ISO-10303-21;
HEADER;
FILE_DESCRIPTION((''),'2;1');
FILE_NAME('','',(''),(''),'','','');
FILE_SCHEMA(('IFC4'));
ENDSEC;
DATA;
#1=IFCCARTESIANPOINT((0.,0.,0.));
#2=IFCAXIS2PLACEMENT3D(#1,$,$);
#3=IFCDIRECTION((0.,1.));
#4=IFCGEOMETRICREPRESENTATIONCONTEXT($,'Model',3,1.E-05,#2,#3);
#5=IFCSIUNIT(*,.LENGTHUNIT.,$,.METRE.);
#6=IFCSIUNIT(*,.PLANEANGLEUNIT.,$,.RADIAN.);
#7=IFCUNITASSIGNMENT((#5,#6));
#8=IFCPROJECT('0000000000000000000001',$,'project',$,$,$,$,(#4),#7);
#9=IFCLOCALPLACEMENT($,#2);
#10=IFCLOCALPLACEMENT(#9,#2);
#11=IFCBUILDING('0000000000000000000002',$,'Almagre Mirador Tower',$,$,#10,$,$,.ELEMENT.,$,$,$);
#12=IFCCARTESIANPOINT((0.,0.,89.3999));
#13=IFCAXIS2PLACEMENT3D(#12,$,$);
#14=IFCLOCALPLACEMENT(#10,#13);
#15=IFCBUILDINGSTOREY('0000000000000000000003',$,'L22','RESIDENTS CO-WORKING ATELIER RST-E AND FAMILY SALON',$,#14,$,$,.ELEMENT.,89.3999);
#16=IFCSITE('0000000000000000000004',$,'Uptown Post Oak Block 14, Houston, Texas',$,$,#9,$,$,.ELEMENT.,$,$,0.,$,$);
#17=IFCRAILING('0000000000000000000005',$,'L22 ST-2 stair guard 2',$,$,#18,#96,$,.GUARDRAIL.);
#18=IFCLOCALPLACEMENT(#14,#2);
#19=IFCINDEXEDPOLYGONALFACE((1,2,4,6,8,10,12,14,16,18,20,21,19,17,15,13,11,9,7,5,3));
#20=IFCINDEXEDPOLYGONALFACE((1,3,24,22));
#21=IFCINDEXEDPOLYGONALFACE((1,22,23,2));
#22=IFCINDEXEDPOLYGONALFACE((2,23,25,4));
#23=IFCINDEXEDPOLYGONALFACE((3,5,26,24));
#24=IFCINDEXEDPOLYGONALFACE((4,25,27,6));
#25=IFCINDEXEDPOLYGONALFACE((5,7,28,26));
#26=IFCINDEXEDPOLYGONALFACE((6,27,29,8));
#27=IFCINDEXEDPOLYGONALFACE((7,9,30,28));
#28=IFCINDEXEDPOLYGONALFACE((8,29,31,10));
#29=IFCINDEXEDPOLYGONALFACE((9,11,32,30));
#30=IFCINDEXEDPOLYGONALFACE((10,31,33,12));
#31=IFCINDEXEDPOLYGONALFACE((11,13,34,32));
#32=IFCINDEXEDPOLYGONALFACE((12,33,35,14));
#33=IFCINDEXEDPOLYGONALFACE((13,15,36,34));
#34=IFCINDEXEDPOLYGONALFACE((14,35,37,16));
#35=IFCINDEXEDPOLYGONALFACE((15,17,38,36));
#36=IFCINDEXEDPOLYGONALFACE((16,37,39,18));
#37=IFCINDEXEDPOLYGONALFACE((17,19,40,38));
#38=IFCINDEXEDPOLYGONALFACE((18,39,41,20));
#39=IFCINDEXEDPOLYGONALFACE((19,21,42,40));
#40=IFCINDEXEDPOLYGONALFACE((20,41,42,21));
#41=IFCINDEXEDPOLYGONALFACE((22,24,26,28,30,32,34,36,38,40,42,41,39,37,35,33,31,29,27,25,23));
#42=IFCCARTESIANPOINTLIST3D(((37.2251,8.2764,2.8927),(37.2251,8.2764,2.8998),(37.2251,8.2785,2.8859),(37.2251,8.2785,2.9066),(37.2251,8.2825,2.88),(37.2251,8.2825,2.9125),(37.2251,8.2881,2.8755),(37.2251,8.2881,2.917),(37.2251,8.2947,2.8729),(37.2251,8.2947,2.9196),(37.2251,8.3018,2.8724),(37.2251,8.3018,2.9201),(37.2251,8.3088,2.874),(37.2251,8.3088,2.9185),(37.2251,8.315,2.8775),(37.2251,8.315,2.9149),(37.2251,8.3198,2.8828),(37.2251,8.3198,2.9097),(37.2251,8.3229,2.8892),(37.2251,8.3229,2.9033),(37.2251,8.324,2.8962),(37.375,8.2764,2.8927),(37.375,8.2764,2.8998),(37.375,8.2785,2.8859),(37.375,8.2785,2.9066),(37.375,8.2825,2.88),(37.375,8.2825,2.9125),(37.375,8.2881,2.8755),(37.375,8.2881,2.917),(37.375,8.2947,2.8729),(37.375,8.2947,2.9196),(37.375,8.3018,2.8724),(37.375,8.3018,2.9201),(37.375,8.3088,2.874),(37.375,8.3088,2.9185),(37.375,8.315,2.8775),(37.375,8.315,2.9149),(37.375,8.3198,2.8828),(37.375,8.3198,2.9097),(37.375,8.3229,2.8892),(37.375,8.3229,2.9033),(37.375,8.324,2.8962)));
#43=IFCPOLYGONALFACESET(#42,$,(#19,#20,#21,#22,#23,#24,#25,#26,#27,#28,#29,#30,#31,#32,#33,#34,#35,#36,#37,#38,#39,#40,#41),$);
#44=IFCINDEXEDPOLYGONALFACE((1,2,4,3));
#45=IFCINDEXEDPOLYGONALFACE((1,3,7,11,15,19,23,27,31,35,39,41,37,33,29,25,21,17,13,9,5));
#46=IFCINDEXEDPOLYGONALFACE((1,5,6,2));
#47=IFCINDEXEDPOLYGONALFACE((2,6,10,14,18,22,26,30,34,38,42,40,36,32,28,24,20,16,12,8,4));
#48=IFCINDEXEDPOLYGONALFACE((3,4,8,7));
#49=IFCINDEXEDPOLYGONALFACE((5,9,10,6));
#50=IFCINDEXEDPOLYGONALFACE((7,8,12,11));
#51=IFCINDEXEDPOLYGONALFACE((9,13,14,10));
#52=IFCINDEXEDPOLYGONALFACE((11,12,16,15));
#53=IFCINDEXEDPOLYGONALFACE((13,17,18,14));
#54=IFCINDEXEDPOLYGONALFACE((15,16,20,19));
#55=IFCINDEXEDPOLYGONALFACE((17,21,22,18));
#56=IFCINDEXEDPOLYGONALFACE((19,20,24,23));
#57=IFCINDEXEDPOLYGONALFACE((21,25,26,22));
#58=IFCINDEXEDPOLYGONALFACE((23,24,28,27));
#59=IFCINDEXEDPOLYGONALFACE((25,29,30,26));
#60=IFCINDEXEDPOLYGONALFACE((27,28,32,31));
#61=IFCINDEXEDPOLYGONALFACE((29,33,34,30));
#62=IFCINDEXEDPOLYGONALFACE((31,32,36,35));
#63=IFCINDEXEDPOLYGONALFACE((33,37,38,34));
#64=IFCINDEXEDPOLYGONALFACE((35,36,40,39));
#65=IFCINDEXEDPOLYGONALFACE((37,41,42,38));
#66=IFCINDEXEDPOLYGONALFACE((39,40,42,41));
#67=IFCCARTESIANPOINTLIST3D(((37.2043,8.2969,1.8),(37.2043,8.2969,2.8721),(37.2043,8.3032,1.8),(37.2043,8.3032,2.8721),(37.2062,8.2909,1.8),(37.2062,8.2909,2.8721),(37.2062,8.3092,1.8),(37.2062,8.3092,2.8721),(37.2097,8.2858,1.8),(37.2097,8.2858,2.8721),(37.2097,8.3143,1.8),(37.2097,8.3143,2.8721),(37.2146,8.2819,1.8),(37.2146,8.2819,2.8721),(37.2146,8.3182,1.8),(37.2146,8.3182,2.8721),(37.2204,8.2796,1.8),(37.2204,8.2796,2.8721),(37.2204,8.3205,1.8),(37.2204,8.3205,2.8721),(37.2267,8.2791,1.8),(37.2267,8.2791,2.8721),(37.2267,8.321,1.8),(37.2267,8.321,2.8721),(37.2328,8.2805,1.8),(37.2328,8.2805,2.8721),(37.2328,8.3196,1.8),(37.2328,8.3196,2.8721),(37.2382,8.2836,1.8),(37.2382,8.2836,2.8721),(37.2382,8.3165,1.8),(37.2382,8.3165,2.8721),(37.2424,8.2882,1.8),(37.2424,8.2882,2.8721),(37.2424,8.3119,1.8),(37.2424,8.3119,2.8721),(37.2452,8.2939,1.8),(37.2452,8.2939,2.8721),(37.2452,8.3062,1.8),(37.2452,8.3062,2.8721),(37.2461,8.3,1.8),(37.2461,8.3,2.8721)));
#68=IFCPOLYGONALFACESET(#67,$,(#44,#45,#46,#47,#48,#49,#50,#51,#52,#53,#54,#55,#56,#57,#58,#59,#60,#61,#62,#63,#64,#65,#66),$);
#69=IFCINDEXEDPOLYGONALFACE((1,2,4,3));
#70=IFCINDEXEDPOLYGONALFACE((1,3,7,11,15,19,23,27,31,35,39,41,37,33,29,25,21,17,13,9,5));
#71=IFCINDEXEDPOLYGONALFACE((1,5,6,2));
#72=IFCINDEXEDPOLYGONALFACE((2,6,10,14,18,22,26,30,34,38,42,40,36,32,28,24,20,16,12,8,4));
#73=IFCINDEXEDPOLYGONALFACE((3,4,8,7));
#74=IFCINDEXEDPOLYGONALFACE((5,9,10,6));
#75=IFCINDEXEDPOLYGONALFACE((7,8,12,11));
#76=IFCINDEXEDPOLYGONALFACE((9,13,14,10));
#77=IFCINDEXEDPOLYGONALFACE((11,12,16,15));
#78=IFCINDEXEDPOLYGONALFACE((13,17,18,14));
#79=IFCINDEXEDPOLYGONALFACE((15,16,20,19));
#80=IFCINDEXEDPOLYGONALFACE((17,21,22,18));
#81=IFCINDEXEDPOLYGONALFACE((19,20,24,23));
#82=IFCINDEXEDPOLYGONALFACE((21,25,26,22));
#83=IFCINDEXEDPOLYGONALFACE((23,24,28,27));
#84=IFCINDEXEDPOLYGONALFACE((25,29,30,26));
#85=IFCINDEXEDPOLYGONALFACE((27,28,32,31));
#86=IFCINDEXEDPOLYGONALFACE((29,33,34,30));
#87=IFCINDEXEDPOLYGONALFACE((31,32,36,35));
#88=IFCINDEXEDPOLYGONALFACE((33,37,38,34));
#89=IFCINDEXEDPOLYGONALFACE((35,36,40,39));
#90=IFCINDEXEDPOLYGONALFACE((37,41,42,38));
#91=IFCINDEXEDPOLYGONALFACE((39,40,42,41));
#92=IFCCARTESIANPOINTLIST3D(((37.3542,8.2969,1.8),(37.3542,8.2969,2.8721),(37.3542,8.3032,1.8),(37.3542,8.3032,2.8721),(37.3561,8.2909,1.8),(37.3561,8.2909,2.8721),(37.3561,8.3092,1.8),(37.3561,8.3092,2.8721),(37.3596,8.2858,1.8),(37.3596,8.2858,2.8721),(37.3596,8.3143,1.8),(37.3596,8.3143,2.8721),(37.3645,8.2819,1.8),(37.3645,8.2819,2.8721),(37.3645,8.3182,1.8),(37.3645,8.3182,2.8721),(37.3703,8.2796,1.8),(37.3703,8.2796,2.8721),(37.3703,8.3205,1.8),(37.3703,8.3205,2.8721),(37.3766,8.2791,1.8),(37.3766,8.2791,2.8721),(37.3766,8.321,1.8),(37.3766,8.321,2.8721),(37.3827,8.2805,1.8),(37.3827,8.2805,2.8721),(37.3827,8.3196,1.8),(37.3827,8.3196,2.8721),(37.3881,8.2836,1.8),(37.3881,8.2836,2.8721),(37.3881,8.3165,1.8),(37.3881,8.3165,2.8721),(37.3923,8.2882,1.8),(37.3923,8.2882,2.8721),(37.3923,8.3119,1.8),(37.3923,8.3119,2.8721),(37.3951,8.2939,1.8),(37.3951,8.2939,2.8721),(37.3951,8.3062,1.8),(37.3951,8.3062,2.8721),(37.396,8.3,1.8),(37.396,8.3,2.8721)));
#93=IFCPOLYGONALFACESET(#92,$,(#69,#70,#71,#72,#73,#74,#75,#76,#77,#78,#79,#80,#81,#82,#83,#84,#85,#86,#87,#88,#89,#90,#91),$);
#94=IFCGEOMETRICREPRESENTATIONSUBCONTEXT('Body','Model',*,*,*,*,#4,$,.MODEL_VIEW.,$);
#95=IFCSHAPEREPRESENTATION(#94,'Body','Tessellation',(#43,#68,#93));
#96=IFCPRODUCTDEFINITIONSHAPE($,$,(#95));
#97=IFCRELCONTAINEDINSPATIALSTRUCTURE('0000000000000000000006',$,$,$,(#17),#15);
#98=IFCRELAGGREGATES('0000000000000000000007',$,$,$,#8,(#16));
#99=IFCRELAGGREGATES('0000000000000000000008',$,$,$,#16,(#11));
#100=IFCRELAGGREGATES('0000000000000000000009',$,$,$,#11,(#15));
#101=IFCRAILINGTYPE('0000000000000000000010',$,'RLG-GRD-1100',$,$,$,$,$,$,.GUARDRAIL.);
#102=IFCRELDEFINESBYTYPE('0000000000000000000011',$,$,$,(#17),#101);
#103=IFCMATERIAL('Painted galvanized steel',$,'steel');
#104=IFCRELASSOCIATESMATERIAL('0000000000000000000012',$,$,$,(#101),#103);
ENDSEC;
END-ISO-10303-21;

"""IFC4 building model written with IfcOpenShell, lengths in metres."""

from ifc_helpers import new_model, si_unit, direction, frame, origin, origin_2d, place, context, subcontext, project, spatial, circle, extrude, material, type_object, element, save


model = new_model("IFC4")

# Units and contexts
model_context = context("Model", 3, precision=1e-05, world=origin(), true_north=direction((0.0, 1.0)))
body_context = subcontext(model_context, "Body", "Model", "MODEL_VIEW")
ifc_project = project(units=[si_unit("LENGTHUNIT", "METRE"), si_unit("PLANEANGLEUNIT", "RADIAN")], contexts=[model_context])

# Site, building, storey
site_placement = place(None, origin())
site = spatial("IfcSite", under=ifc_project, at=site_placement, Name="Uptown Post Oak Block 14, Houston, Texas", CompositionType="ELEMENT", RefElevation=0.0)
building_placement = place(site_placement, origin())
building = spatial("IfcBuilding", under=site, at=building_placement, Name="Almagre Mirador Tower", CompositionType="ELEMENT")
storey_placement = place(building_placement, frame((0.0, 0.0, 89.3999)))
storey = spatial("IfcBuildingStorey", under=building, at=storey_placement, Name="L22", Description="RESIDENTS CO-WORKING ATELIER RST-E AND FAMILY SALON", CompositionType="ELEMENT", Elevation=89.3999)

# Railing
ifc_material_1 = material(Name="Painted galvanized steel", Category="steel")
railing_type_1 = type_object("IfcRailingType", Name="RLG-GRD-1100", PredefinedType="GUARDRAIL", material=ifc_material_1)
railing_1_placement = place(storey_placement, frame((37.2251, 8.3, 1.8)))
element("IfcRailing", 1, at=railing_1_placement, inside=storey, type_object=railing_type_1, Name="L22 ST-2 stair guard 2", PredefinedType="GUARDRAIL", context=body_context, shape_type="SweptSolid", body=[
    extrude(circle(Radius=0.0239, at=origin_2d()), frame((0.0, 0.0, 1.0962), z_axis=(1.0, 0.0, 0.0), x_axis=(0.0, 1.0, 0.0)), (0.0, 0.0, 1.0), 0.1499),
    extrude(circle(Radius=0.021, at=origin_2d()), origin(), (0.0, 0.0, 1.0), 1.072),
    extrude(circle(Radius=0.021, at=origin_2d()), frame((0.1499, 0.0, 0.0)), (0.0, 0.0, 1.0), 1.072),
])

save(model, "model.ifc")
